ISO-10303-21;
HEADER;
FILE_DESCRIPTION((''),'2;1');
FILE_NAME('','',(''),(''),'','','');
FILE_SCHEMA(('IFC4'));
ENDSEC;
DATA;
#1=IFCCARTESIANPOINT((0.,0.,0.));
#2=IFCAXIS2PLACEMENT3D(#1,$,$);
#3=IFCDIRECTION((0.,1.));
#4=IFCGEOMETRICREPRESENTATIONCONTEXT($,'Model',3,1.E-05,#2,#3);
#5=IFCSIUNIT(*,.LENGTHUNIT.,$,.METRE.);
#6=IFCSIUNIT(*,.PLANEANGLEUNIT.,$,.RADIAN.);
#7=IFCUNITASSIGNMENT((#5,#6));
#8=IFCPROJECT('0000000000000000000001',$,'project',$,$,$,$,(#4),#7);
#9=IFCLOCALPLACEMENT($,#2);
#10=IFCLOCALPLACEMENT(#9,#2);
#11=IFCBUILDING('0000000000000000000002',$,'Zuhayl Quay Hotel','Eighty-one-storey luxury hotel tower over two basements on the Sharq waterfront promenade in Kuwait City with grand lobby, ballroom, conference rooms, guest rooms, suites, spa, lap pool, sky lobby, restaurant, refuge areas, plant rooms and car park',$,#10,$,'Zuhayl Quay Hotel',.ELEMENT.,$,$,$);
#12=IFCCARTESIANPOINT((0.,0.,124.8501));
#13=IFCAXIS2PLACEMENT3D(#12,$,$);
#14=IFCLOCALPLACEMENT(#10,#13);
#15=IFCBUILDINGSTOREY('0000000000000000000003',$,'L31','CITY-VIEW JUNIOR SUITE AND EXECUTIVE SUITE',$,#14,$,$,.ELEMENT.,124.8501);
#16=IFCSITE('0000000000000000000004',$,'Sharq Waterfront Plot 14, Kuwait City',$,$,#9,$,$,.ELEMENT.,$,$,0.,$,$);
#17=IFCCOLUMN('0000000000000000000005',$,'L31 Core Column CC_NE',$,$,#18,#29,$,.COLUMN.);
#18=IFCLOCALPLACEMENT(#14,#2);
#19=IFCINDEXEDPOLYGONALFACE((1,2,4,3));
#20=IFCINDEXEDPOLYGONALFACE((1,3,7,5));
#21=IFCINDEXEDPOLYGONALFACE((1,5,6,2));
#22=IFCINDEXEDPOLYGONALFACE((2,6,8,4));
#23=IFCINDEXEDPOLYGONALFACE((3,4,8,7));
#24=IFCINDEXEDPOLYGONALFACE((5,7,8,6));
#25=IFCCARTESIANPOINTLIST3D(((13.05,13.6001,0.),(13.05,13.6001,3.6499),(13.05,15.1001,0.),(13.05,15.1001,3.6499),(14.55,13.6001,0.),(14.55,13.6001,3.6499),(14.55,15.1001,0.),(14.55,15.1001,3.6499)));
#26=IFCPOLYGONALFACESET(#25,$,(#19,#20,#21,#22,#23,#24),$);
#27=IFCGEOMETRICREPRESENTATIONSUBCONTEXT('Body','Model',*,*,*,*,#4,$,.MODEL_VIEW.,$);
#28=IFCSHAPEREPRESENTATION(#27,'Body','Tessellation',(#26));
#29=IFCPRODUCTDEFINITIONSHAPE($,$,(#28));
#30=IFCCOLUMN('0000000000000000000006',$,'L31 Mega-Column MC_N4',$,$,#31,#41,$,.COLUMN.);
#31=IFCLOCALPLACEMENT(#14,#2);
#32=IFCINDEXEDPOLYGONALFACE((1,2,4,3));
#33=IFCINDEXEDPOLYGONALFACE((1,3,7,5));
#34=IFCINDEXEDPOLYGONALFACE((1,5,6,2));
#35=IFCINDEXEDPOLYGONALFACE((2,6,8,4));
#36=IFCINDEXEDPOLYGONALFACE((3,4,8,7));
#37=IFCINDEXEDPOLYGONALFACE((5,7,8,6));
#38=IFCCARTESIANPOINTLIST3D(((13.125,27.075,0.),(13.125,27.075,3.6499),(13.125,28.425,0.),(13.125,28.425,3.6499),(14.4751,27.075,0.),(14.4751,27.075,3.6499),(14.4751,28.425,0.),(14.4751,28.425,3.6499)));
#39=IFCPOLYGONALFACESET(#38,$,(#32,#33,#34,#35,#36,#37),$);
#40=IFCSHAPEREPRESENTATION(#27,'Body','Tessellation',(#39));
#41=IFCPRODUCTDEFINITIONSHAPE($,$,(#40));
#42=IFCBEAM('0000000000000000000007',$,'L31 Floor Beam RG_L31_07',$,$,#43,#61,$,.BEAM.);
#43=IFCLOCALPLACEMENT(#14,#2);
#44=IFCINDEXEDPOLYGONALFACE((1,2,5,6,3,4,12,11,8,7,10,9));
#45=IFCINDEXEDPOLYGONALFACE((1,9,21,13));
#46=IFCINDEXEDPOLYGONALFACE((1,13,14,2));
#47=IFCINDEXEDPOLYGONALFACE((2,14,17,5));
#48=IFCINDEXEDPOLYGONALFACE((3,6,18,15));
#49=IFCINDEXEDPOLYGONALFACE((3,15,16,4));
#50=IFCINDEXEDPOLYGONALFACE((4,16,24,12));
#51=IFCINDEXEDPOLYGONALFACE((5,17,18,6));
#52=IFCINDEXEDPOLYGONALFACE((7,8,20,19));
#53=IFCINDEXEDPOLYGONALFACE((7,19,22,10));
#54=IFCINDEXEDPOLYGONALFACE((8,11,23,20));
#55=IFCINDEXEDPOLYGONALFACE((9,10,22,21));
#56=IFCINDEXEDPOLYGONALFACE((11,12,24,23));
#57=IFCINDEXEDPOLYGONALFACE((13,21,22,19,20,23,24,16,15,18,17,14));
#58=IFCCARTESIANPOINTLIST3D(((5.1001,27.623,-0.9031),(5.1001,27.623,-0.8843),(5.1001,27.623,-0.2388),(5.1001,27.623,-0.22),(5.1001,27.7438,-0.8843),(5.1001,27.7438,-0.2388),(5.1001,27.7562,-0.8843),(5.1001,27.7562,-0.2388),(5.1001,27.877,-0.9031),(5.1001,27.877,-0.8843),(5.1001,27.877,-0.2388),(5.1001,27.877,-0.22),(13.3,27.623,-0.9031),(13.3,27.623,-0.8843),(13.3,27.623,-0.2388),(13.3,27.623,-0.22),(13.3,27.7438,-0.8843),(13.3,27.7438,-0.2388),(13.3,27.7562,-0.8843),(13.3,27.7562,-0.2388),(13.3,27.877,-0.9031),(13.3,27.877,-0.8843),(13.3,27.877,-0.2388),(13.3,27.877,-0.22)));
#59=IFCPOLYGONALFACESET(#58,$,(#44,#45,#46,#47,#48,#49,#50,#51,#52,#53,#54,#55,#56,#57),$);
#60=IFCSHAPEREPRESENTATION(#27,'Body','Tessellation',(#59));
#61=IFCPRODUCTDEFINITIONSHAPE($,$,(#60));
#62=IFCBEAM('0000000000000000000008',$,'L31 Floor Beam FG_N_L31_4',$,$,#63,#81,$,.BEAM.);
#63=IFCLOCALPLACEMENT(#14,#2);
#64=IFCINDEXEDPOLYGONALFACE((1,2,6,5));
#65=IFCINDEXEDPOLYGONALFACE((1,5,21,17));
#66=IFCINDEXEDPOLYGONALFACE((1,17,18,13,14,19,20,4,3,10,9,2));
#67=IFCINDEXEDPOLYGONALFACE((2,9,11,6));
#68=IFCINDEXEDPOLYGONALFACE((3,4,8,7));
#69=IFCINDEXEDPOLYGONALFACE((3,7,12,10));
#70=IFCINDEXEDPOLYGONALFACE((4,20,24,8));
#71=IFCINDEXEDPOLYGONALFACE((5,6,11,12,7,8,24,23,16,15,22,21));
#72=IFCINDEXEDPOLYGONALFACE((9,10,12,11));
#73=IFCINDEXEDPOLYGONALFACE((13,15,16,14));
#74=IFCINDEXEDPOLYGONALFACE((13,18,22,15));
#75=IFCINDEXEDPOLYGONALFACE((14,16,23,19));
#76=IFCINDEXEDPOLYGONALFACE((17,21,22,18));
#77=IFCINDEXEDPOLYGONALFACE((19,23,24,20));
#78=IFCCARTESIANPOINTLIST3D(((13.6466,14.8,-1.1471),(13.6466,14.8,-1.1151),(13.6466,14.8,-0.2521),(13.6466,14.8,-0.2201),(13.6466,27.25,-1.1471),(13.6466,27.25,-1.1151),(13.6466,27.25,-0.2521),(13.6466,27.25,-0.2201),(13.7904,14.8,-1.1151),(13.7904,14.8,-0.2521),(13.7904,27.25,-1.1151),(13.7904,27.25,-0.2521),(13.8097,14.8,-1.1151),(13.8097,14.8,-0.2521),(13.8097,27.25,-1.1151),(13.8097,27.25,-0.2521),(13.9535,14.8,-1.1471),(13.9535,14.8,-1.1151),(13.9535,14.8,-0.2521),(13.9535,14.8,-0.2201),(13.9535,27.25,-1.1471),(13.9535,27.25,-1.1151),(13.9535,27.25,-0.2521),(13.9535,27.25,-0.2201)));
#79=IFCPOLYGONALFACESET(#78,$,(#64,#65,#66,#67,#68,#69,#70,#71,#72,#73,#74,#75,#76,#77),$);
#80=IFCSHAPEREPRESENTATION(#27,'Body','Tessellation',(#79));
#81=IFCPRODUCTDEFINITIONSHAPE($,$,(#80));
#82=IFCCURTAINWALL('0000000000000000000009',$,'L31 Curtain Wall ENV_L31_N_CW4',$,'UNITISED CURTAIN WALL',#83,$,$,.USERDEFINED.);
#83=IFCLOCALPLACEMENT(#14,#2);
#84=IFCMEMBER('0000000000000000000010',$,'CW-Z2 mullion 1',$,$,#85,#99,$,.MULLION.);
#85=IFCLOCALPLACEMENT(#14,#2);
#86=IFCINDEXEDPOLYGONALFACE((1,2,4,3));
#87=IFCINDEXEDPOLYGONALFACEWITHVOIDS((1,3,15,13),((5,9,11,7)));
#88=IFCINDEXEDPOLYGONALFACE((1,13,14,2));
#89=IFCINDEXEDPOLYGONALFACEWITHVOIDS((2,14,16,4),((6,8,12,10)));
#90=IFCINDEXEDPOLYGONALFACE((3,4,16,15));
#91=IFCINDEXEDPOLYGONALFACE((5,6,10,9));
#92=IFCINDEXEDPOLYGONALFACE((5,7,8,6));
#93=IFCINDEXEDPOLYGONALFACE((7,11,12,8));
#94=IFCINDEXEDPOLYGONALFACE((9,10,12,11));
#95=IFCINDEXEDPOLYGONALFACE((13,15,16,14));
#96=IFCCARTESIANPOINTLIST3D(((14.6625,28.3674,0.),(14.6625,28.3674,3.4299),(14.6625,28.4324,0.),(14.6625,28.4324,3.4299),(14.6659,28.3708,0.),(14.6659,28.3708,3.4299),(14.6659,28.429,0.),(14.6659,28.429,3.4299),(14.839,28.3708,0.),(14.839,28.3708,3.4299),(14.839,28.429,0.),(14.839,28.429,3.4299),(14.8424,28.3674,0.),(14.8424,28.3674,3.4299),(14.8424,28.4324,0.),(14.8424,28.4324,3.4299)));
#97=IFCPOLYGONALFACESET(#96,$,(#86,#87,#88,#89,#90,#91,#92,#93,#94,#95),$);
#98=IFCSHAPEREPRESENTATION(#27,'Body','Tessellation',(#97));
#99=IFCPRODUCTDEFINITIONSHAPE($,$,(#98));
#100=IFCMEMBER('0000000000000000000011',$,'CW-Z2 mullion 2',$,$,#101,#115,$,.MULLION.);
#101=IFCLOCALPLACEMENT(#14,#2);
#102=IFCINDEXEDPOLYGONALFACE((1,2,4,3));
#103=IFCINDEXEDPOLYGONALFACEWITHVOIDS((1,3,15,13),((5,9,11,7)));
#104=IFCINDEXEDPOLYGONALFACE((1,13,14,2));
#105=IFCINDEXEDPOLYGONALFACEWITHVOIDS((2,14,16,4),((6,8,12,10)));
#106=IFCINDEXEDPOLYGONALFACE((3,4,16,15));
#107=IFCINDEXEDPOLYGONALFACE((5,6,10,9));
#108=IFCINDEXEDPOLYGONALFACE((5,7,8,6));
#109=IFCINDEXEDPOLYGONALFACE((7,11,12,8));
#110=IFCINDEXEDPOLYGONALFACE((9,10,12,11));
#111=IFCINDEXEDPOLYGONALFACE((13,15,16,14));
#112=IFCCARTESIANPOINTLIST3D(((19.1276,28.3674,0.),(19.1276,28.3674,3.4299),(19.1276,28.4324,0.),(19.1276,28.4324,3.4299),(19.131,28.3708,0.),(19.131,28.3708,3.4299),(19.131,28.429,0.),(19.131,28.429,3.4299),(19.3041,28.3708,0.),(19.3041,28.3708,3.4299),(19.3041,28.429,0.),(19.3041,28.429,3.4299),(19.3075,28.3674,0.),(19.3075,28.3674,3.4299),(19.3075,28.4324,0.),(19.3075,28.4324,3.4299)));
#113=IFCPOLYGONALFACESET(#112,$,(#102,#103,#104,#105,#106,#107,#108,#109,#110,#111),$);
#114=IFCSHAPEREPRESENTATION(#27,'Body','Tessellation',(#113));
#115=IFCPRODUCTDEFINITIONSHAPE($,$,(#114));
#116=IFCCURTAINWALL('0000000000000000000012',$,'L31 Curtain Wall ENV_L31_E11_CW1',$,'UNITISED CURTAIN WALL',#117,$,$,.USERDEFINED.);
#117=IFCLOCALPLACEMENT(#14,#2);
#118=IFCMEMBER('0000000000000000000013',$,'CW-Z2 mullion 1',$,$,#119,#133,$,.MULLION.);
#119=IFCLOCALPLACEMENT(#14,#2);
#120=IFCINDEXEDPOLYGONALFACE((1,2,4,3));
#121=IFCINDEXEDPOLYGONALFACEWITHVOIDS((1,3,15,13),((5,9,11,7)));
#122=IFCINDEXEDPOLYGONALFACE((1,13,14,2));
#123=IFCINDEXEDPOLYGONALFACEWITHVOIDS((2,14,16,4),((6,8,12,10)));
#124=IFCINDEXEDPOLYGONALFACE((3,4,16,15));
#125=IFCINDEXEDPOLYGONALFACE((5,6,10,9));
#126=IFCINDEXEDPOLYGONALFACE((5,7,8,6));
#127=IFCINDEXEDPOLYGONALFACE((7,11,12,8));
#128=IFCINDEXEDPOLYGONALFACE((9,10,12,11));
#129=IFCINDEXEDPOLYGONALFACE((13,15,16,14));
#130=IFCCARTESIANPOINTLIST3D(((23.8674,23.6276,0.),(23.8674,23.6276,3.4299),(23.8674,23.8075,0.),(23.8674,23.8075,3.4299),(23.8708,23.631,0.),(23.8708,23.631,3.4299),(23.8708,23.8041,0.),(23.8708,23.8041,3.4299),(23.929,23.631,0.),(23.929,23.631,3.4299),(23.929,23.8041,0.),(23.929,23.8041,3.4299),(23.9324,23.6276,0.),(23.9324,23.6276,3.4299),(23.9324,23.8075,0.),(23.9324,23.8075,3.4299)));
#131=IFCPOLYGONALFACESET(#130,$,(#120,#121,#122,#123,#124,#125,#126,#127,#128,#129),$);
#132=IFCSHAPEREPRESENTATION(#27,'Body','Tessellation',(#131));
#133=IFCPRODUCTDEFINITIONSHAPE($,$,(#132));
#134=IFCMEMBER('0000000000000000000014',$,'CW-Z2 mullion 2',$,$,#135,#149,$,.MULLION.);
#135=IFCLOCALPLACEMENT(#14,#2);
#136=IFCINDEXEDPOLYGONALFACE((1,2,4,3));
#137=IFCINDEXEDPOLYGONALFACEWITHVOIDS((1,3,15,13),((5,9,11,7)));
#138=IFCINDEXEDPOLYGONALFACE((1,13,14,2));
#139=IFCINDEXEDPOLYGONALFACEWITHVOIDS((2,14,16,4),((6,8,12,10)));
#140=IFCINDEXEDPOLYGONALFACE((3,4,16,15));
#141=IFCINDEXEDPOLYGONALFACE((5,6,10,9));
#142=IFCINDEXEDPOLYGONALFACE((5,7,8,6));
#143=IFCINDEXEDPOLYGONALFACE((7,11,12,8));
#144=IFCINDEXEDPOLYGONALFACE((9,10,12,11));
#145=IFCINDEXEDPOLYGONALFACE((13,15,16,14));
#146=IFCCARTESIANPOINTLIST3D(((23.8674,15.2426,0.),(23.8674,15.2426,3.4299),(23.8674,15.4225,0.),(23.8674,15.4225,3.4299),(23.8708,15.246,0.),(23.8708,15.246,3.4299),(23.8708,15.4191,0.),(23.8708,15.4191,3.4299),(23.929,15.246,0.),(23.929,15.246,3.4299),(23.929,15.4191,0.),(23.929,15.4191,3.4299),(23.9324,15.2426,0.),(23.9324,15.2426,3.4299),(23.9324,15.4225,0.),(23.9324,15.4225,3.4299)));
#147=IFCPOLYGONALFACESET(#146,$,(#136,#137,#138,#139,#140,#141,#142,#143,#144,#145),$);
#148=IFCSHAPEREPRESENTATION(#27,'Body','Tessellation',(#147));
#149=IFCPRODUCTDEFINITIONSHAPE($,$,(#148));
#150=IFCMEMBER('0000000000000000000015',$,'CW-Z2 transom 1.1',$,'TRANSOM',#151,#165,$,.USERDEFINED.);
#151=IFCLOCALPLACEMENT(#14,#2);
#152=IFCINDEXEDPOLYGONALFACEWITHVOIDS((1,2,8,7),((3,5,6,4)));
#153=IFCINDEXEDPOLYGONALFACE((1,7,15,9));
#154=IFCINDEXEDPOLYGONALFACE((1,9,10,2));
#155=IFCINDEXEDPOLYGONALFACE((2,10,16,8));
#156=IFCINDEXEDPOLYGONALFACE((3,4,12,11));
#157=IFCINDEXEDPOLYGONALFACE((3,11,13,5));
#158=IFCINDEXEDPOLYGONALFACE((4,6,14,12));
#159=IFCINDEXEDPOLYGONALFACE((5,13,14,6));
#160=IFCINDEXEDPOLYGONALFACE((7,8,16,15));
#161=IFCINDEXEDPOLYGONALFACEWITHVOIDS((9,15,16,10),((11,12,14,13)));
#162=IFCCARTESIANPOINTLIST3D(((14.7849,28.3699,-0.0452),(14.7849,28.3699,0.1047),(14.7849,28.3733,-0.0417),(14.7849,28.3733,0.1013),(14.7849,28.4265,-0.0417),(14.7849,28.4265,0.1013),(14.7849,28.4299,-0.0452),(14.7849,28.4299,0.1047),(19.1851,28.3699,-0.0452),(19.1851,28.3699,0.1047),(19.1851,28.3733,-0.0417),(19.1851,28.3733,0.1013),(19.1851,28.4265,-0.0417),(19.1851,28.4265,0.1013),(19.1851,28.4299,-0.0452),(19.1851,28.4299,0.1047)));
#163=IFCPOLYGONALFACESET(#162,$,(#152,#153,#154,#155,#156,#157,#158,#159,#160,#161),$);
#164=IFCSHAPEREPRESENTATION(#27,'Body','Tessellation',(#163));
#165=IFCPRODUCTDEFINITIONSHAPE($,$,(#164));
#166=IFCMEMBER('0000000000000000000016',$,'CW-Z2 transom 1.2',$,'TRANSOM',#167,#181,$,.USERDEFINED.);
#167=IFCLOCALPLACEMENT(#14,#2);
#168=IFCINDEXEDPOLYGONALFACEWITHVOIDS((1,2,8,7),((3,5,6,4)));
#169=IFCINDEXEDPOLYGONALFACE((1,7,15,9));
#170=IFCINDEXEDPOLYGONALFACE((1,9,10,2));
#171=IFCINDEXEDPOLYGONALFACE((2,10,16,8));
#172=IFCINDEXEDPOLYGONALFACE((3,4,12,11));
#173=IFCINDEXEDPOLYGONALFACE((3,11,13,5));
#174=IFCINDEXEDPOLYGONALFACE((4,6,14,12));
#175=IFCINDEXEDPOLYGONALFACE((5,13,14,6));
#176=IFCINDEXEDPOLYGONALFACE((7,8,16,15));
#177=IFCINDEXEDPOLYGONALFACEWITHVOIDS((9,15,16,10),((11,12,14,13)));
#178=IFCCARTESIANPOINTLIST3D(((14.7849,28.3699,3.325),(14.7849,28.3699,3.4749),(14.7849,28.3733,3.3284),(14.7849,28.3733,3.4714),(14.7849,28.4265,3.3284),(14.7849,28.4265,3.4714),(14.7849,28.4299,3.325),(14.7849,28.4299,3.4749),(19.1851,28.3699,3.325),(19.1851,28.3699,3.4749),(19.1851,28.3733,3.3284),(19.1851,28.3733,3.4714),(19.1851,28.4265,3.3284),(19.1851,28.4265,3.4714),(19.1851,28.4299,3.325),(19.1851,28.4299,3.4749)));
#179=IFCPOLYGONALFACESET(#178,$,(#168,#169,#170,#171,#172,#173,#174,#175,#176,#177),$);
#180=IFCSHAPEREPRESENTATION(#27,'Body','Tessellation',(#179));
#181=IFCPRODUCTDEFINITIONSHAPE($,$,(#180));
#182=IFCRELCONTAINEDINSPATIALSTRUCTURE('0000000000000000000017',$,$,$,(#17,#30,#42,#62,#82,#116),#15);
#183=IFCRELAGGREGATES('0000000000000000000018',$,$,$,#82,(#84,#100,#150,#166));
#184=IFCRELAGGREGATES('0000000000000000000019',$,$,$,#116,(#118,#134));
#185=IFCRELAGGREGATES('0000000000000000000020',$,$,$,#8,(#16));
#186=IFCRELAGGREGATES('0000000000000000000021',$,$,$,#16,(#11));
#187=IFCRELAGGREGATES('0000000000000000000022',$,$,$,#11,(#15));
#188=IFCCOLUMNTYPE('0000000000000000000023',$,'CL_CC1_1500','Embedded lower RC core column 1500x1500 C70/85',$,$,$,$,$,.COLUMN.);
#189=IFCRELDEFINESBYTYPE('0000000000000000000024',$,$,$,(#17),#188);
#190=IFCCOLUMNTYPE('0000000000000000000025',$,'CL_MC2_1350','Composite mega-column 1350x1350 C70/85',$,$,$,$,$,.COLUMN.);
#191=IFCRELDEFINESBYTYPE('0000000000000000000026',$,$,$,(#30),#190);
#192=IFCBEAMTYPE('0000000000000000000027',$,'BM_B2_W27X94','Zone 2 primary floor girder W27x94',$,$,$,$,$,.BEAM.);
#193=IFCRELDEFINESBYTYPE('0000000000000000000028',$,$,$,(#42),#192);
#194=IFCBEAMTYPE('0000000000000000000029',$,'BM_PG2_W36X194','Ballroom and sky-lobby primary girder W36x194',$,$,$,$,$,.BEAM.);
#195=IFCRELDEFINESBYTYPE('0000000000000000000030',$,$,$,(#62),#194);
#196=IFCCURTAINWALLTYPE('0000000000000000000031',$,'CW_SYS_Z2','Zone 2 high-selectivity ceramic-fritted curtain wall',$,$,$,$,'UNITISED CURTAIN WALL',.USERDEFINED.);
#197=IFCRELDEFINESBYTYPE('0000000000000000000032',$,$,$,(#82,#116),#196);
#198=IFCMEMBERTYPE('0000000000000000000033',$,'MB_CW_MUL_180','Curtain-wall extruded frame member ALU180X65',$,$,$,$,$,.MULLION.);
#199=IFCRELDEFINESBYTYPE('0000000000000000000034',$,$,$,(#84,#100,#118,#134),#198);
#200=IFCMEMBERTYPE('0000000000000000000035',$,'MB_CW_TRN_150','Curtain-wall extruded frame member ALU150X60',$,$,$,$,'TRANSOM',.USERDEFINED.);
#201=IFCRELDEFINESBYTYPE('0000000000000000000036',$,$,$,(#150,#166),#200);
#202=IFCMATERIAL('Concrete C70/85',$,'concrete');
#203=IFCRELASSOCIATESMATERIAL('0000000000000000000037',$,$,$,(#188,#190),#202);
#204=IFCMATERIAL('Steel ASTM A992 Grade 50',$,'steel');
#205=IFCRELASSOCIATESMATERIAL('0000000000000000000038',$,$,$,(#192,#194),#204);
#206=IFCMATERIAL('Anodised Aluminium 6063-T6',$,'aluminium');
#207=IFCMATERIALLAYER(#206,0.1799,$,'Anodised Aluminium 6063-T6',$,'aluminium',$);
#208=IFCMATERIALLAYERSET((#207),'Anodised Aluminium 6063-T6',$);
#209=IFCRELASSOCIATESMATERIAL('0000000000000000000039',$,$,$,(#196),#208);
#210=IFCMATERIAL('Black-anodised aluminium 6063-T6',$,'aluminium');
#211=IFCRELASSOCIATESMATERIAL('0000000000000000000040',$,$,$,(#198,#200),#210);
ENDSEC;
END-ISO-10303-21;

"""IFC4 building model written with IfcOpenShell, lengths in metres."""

from ifc_helpers import new_model, si_unit, direction, frame, origin, origin_2d, place, context, subcontext, project, spatial, rectangle, hollow_rectangle, i_section, extrude, material, layer, layer_set, material_profile, profile_set, type_object, element, aggregate, save


model = new_model("IFC4")

# Units and contexts
model_context = context("Model", 3, precision=1e-05, world=origin(), true_north=direction((0.0, 1.0)))
body_context = subcontext(model_context, "Body", "Model", "MODEL_VIEW")
ifc_project = project(units=[si_unit("LENGTHUNIT", "METRE"), si_unit("PLANEANGLEUNIT", "RADIAN")], contexts=[model_context])

# Site, building, storey
site_placement = place(None, origin())
site = spatial("IfcSite", under=ifc_project, at=site_placement, Name="Sharq Waterfront Plot 14, Kuwait City", CompositionType="ELEMENT", RefElevation=0.0)
building_placement = place(site_placement, origin())
building = spatial("IfcBuilding", under=site, at=building_placement, Name="Zuhayl Quay Hotel", Description="Eighty-one-storey luxury hotel tower over two basements on the Sharq waterfront promenade in Kuwait City with grand lobby, ballroom, conference rooms, guest rooms, suites, spa, lap pool, sky lobby, restaurant, refuge areas, plant rooms and car park", LongName="Zuhayl Quay Hotel", CompositionType="ELEMENT")
storey_placement = place(building_placement, frame((0.0, 0.0, 124.8501)))
storey = spatial("IfcBuildingStorey", under=building, at=storey_placement, Name="L31", Description="CITY-VIEW JUNIOR SUITE AND EXECUTIVE SUITE", CompositionType="ELEMENT", Elevation=124.8501)

# Columns
ifc_material_1 = material(Name="Concrete C70/85", Category="concrete")
ifc_material_profile_1 = material_profile(ifc_material_1, rectangle(XDim=1.5, YDim=1.5, at=origin_2d()), Name="RC1500X1500")
ifc_profile_set_1 = profile_set([ifc_material_profile_1], Name="Concrete C70/85")
column_type_1 = type_object("IfcColumnType", Name="CL_CC1_1500", Description="Embedded lower RC core column 1500x1500 C70/85", PredefinedType="COLUMN", material=ifc_profile_set_1)
column_1_placement = place(storey_placement, frame((13.8, 14.3501, 0.0), z_axis=(0.0, 0.0, 1.0), x_axis=(1.0, 0.0, 0.0)))
element("IfcColumn", 1, at=column_1_placement, inside=storey, type_object=column_type_1, Name="L31 Core Column CC_NE", PredefinedType="COLUMN", context=body_context, shape_type="SweptSolid", body=[
    extrude(rectangle(XDim=1.5, YDim=1.5, at=origin_2d()), origin(), (0.0, 0.0, 1.0), 3.6499),
])
ifc_material_profile_2 = material_profile(ifc_material_1, rectangle(XDim=1.3501, YDim=1.3501, at=origin_2d()), Name="RC1350X1350")
ifc_profile_set_2 = profile_set([ifc_material_profile_2], Name="Concrete C70/85")
column_type_2 = type_object("IfcColumnType", Name="CL_MC2_1350", Description="Composite mega-column 1350x1350 C70/85", PredefinedType="COLUMN", material=ifc_profile_set_2)
column_2_placement = place(storey_placement, frame((13.8, 27.75, 0.0), z_axis=(0.0, 0.0, 1.0), x_axis=(1.0, 0.0, 0.0)))
element("IfcColumn", 2, at=column_2_placement, inside=storey, type_object=column_type_2, Name="L31 Mega-Column MC_N4", PredefinedType="COLUMN", context=body_context, shape_type="SweptSolid", body=[
    extrude(rectangle(XDim=1.3501, YDim=1.3501, at=origin_2d()), origin(), (0.0, 0.0, 1.0), 3.6499),
])

# Beams
ifc_material_2 = material(Name="Steel ASTM A992 Grade 50", Category="steel")
ifc_material_profile_3 = material_profile(ifc_material_2, i_section(OverallWidth=0.2539, OverallDepth=0.6831, WebThickness=0.0125, FlangeThickness=0.0188, at=origin_2d()), Name="W27X94")
ifc_profile_set_3 = profile_set([ifc_material_profile_3], Name="Steel ASTM A992 Grade 50")
beam_type_1 = type_object("IfcBeamType", Name="BM_B2_W27X94", Description="Zone 2 primary floor girder W27x94", PredefinedType="BEAM", material=ifc_profile_set_3)
beam_1_placement = place(storey_placement, frame((13.3, 27.75, -0.5615), z_axis=(-1.0, 0.0, 0.0), x_axis=(0.0, -1.0, 0.0)))
element("IfcBeam", 3, at=beam_1_placement, inside=storey, type_object=beam_type_1, Name="L31 Floor Beam RG_L31_07", PredefinedType="BEAM", context=body_context, shape_type="SweptSolid", body=[
    extrude(i_section(OverallWidth=0.2539, OverallDepth=0.6831, WebThickness=0.0125, FlangeThickness=0.0188, at=origin_2d()), origin(), (0.0, 0.0, 1.0), 8.2),
])
ifc_material_profile_4 = material_profile(ifc_material_2, i_section(OverallWidth=0.3069, OverallDepth=0.927, WebThickness=0.0193, FlangeThickness=0.032, at=origin_2d()), Name="W36X194")
ifc_profile_set_4 = profile_set([ifc_material_profile_4], Name="Steel ASTM A992 Grade 50")
beam_type_2 = type_object("IfcBeamType", Name="BM_PG2_W36X194", Description="Ballroom and sky-lobby primary girder W36x194", PredefinedType="BEAM", material=ifc_profile_set_4)
beam_2_placement = place(storey_placement, frame((13.8, 14.8, -0.6836), z_axis=(0.0, 1.0, 0.0), x_axis=(-1.0, 0.0, 0.0)))
element("IfcBeam", 4, at=beam_2_placement, inside=storey, type_object=beam_type_2, Name="L31 Floor Beam FG_N_L31_4", PredefinedType="BEAM", context=body_context, shape_type="SweptSolid", body=[
    extrude(i_section(OverallWidth=0.3069, OverallDepth=0.927, WebThickness=0.0193, FlangeThickness=0.032, at=origin_2d()), origin(), (0.0, 0.0, 1.0), 12.45),
])

# Curtain walls, members
ifc_material_3 = material(Name="Anodised Aluminium 6063-T6", Category="aluminium")
ifc_layer_1 = layer(ifc_material_3, 0.1799, Name="Anodised Aluminium 6063-T6", Category="aluminium")
ifc_layer_set_1 = layer_set([ifc_layer_1], Name="Anodised Aluminium 6063-T6")
curtain_wall_type = type_object("IfcCurtainWallType", Name="CW_SYS_Z2", Description="Zone 2 high-selectivity ceramic-fritted curtain wall", ElementType="UNITISED CURTAIN WALL", PredefinedType="USERDEFINED", material=ifc_layer_set_1)
curtain_wall_1_placement = place(storey_placement, origin())
curtain_wall_1 = element("IfcCurtainWall", 5, at=curtain_wall_1_placement, inside=storey, type_object=curtain_wall_type, Name="L31 Curtain Wall ENV_L31_N_CW4", ObjectType="UNITISED CURTAIN WALL", PredefinedType="USERDEFINED")
ifc_material_4 = material(Name="Black-anodised aluminium 6063-T6", Category="aluminium")
ifc_material_profile_5 = material_profile(ifc_material_4, hollow_rectangle(XDim=0.0649, YDim=0.1799, WallThickness=0.0034, at=origin_2d()), Name="ALU180X65")
ifc_profile_set_5 = profile_set([ifc_material_profile_5], Name="Black-anodised aluminium 6063-T6")
member_type_1 = type_object("IfcMemberType", Name="MB_CW_MUL_180", Description="Curtain-wall extruded frame member ALU180X65", PredefinedType="MULLION", material=ifc_profile_set_5)
member_1_placement = place(storey_placement, frame((14.7524, 28.3999, 0.0), z_axis=(0.0, 0.0, 1.0), x_axis=(0.0, 1.0, 0.0)))
member_1 = element("IfcMember", 6, at=member_1_placement, type_object=member_type_1, Name="CW-Z2 mullion 1", PredefinedType="MULLION", context=body_context, shape_type="SweptSolid", body=[
    extrude(hollow_rectangle(XDim=0.0649, YDim=0.1799, WallThickness=0.0034, at=origin_2d()), origin(), (0.0, 0.0, 1.0), 3.4299),
])
member_2_placement = place(storey_placement, frame((19.2175, 28.3999, 0.0), z_axis=(0.0, 0.0, 1.0), x_axis=(0.0, 1.0, 0.0)))
member_2 = element("IfcMember", 7, at=member_2_placement, type_object=member_type_1, Name="CW-Z2 mullion 2", PredefinedType="MULLION", context=body_context, shape_type="SweptSolid", body=[
    extrude(hollow_rectangle(XDim=0.0649, YDim=0.1799, WallThickness=0.0034, at=origin_2d()), origin(), (0.0, 0.0, 1.0), 3.4299),
])
curtain_wall_2_placement = place(storey_placement, origin())
curtain_wall_2 = element("IfcCurtainWall", 8, at=curtain_wall_2_placement, inside=storey, type_object=curtain_wall_type, Name="L31 Curtain Wall ENV_L31_E11_CW1", ObjectType="UNITISED CURTAIN WALL", PredefinedType="USERDEFINED")
member_3_placement = place(storey_placement, frame((23.8999, 23.7175, 0.0), z_axis=(0.0, 0.0, 1.0), x_axis=(1.0, 0.0, 0.0)))
member_3 = element("IfcMember", 9, at=member_3_placement, type_object=member_type_1, Name="CW-Z2 mullion 1", PredefinedType="MULLION", context=body_context, shape_type="SweptSolid", body=[
    extrude(hollow_rectangle(XDim=0.0649, YDim=0.1799, WallThickness=0.0034, at=origin_2d()), origin(), (0.0, 0.0, 1.0), 3.4299),
])
member_4_placement = place(storey_placement, frame((23.8999, 15.3325, 0.0), z_axis=(0.0, 0.0, 1.0), x_axis=(1.0, 0.0, 0.0)))
member_4 = element("IfcMember", 10, at=member_4_placement, type_object=member_type_1, Name="CW-Z2 mullion 2", PredefinedType="MULLION", context=body_context, shape_type="SweptSolid", body=[
    extrude(hollow_rectangle(XDim=0.0649, YDim=0.1799, WallThickness=0.0034, at=origin_2d()), origin(), (0.0, 0.0, 1.0), 3.4299),
])

# Members
ifc_material_profile_6 = material_profile(ifc_material_4, hollow_rectangle(XDim=0.0601, YDim=0.1499, WallThickness=0.0034, at=origin_2d()), Name="ALU150X60")
ifc_profile_set_6 = profile_set([ifc_material_profile_6], Name="Black-anodised aluminium 6063-T6")
member_type_2 = type_object("IfcMemberType", Name="MB_CW_TRN_150", Description="Curtain-wall extruded frame member ALU150X60", ElementType="TRANSOM", PredefinedType="USERDEFINED", material=ifc_profile_set_6)
member_5_placement = place(storey_placement, frame((14.7849, 28.3999, 0.0298), z_axis=(1.0, 0.0, 0.0), x_axis=(0.0, 1.0, 0.0)))
member_5 = element("IfcMember", 11, at=member_5_placement, type_object=member_type_2, Name="CW-Z2 transom 1.1", ObjectType="TRANSOM", PredefinedType="USERDEFINED", context=body_context, shape_type="SweptSolid", body=[
    extrude(hollow_rectangle(XDim=0.0601, YDim=0.1499, WallThickness=0.0034, at=origin_2d()), origin(), (0.0, 0.0, 1.0), 4.4001),
])
member_6_placement = place(storey_placement, frame((14.7849, 28.3999, 3.3999), z_axis=(1.0, 0.0, 0.0), x_axis=(0.0, 1.0, 0.0)))
member_6 = element("IfcMember", 12, at=member_6_placement, type_object=member_type_2, Name="CW-Z2 transom 1.2", ObjectType="TRANSOM", PredefinedType="USERDEFINED", context=body_context, shape_type="SweptSolid", body=[
    extrude(hollow_rectangle(XDim=0.0601, YDim=0.1499, WallThickness=0.0034, at=origin_2d()), origin(), (0.0, 0.0, 1.0), 4.4001),
])

aggregate(curtain_wall_1, [member_1, member_2, member_5, member_6])
aggregate(curtain_wall_2, [member_3, member_4])

save(model, "model.ifc")
